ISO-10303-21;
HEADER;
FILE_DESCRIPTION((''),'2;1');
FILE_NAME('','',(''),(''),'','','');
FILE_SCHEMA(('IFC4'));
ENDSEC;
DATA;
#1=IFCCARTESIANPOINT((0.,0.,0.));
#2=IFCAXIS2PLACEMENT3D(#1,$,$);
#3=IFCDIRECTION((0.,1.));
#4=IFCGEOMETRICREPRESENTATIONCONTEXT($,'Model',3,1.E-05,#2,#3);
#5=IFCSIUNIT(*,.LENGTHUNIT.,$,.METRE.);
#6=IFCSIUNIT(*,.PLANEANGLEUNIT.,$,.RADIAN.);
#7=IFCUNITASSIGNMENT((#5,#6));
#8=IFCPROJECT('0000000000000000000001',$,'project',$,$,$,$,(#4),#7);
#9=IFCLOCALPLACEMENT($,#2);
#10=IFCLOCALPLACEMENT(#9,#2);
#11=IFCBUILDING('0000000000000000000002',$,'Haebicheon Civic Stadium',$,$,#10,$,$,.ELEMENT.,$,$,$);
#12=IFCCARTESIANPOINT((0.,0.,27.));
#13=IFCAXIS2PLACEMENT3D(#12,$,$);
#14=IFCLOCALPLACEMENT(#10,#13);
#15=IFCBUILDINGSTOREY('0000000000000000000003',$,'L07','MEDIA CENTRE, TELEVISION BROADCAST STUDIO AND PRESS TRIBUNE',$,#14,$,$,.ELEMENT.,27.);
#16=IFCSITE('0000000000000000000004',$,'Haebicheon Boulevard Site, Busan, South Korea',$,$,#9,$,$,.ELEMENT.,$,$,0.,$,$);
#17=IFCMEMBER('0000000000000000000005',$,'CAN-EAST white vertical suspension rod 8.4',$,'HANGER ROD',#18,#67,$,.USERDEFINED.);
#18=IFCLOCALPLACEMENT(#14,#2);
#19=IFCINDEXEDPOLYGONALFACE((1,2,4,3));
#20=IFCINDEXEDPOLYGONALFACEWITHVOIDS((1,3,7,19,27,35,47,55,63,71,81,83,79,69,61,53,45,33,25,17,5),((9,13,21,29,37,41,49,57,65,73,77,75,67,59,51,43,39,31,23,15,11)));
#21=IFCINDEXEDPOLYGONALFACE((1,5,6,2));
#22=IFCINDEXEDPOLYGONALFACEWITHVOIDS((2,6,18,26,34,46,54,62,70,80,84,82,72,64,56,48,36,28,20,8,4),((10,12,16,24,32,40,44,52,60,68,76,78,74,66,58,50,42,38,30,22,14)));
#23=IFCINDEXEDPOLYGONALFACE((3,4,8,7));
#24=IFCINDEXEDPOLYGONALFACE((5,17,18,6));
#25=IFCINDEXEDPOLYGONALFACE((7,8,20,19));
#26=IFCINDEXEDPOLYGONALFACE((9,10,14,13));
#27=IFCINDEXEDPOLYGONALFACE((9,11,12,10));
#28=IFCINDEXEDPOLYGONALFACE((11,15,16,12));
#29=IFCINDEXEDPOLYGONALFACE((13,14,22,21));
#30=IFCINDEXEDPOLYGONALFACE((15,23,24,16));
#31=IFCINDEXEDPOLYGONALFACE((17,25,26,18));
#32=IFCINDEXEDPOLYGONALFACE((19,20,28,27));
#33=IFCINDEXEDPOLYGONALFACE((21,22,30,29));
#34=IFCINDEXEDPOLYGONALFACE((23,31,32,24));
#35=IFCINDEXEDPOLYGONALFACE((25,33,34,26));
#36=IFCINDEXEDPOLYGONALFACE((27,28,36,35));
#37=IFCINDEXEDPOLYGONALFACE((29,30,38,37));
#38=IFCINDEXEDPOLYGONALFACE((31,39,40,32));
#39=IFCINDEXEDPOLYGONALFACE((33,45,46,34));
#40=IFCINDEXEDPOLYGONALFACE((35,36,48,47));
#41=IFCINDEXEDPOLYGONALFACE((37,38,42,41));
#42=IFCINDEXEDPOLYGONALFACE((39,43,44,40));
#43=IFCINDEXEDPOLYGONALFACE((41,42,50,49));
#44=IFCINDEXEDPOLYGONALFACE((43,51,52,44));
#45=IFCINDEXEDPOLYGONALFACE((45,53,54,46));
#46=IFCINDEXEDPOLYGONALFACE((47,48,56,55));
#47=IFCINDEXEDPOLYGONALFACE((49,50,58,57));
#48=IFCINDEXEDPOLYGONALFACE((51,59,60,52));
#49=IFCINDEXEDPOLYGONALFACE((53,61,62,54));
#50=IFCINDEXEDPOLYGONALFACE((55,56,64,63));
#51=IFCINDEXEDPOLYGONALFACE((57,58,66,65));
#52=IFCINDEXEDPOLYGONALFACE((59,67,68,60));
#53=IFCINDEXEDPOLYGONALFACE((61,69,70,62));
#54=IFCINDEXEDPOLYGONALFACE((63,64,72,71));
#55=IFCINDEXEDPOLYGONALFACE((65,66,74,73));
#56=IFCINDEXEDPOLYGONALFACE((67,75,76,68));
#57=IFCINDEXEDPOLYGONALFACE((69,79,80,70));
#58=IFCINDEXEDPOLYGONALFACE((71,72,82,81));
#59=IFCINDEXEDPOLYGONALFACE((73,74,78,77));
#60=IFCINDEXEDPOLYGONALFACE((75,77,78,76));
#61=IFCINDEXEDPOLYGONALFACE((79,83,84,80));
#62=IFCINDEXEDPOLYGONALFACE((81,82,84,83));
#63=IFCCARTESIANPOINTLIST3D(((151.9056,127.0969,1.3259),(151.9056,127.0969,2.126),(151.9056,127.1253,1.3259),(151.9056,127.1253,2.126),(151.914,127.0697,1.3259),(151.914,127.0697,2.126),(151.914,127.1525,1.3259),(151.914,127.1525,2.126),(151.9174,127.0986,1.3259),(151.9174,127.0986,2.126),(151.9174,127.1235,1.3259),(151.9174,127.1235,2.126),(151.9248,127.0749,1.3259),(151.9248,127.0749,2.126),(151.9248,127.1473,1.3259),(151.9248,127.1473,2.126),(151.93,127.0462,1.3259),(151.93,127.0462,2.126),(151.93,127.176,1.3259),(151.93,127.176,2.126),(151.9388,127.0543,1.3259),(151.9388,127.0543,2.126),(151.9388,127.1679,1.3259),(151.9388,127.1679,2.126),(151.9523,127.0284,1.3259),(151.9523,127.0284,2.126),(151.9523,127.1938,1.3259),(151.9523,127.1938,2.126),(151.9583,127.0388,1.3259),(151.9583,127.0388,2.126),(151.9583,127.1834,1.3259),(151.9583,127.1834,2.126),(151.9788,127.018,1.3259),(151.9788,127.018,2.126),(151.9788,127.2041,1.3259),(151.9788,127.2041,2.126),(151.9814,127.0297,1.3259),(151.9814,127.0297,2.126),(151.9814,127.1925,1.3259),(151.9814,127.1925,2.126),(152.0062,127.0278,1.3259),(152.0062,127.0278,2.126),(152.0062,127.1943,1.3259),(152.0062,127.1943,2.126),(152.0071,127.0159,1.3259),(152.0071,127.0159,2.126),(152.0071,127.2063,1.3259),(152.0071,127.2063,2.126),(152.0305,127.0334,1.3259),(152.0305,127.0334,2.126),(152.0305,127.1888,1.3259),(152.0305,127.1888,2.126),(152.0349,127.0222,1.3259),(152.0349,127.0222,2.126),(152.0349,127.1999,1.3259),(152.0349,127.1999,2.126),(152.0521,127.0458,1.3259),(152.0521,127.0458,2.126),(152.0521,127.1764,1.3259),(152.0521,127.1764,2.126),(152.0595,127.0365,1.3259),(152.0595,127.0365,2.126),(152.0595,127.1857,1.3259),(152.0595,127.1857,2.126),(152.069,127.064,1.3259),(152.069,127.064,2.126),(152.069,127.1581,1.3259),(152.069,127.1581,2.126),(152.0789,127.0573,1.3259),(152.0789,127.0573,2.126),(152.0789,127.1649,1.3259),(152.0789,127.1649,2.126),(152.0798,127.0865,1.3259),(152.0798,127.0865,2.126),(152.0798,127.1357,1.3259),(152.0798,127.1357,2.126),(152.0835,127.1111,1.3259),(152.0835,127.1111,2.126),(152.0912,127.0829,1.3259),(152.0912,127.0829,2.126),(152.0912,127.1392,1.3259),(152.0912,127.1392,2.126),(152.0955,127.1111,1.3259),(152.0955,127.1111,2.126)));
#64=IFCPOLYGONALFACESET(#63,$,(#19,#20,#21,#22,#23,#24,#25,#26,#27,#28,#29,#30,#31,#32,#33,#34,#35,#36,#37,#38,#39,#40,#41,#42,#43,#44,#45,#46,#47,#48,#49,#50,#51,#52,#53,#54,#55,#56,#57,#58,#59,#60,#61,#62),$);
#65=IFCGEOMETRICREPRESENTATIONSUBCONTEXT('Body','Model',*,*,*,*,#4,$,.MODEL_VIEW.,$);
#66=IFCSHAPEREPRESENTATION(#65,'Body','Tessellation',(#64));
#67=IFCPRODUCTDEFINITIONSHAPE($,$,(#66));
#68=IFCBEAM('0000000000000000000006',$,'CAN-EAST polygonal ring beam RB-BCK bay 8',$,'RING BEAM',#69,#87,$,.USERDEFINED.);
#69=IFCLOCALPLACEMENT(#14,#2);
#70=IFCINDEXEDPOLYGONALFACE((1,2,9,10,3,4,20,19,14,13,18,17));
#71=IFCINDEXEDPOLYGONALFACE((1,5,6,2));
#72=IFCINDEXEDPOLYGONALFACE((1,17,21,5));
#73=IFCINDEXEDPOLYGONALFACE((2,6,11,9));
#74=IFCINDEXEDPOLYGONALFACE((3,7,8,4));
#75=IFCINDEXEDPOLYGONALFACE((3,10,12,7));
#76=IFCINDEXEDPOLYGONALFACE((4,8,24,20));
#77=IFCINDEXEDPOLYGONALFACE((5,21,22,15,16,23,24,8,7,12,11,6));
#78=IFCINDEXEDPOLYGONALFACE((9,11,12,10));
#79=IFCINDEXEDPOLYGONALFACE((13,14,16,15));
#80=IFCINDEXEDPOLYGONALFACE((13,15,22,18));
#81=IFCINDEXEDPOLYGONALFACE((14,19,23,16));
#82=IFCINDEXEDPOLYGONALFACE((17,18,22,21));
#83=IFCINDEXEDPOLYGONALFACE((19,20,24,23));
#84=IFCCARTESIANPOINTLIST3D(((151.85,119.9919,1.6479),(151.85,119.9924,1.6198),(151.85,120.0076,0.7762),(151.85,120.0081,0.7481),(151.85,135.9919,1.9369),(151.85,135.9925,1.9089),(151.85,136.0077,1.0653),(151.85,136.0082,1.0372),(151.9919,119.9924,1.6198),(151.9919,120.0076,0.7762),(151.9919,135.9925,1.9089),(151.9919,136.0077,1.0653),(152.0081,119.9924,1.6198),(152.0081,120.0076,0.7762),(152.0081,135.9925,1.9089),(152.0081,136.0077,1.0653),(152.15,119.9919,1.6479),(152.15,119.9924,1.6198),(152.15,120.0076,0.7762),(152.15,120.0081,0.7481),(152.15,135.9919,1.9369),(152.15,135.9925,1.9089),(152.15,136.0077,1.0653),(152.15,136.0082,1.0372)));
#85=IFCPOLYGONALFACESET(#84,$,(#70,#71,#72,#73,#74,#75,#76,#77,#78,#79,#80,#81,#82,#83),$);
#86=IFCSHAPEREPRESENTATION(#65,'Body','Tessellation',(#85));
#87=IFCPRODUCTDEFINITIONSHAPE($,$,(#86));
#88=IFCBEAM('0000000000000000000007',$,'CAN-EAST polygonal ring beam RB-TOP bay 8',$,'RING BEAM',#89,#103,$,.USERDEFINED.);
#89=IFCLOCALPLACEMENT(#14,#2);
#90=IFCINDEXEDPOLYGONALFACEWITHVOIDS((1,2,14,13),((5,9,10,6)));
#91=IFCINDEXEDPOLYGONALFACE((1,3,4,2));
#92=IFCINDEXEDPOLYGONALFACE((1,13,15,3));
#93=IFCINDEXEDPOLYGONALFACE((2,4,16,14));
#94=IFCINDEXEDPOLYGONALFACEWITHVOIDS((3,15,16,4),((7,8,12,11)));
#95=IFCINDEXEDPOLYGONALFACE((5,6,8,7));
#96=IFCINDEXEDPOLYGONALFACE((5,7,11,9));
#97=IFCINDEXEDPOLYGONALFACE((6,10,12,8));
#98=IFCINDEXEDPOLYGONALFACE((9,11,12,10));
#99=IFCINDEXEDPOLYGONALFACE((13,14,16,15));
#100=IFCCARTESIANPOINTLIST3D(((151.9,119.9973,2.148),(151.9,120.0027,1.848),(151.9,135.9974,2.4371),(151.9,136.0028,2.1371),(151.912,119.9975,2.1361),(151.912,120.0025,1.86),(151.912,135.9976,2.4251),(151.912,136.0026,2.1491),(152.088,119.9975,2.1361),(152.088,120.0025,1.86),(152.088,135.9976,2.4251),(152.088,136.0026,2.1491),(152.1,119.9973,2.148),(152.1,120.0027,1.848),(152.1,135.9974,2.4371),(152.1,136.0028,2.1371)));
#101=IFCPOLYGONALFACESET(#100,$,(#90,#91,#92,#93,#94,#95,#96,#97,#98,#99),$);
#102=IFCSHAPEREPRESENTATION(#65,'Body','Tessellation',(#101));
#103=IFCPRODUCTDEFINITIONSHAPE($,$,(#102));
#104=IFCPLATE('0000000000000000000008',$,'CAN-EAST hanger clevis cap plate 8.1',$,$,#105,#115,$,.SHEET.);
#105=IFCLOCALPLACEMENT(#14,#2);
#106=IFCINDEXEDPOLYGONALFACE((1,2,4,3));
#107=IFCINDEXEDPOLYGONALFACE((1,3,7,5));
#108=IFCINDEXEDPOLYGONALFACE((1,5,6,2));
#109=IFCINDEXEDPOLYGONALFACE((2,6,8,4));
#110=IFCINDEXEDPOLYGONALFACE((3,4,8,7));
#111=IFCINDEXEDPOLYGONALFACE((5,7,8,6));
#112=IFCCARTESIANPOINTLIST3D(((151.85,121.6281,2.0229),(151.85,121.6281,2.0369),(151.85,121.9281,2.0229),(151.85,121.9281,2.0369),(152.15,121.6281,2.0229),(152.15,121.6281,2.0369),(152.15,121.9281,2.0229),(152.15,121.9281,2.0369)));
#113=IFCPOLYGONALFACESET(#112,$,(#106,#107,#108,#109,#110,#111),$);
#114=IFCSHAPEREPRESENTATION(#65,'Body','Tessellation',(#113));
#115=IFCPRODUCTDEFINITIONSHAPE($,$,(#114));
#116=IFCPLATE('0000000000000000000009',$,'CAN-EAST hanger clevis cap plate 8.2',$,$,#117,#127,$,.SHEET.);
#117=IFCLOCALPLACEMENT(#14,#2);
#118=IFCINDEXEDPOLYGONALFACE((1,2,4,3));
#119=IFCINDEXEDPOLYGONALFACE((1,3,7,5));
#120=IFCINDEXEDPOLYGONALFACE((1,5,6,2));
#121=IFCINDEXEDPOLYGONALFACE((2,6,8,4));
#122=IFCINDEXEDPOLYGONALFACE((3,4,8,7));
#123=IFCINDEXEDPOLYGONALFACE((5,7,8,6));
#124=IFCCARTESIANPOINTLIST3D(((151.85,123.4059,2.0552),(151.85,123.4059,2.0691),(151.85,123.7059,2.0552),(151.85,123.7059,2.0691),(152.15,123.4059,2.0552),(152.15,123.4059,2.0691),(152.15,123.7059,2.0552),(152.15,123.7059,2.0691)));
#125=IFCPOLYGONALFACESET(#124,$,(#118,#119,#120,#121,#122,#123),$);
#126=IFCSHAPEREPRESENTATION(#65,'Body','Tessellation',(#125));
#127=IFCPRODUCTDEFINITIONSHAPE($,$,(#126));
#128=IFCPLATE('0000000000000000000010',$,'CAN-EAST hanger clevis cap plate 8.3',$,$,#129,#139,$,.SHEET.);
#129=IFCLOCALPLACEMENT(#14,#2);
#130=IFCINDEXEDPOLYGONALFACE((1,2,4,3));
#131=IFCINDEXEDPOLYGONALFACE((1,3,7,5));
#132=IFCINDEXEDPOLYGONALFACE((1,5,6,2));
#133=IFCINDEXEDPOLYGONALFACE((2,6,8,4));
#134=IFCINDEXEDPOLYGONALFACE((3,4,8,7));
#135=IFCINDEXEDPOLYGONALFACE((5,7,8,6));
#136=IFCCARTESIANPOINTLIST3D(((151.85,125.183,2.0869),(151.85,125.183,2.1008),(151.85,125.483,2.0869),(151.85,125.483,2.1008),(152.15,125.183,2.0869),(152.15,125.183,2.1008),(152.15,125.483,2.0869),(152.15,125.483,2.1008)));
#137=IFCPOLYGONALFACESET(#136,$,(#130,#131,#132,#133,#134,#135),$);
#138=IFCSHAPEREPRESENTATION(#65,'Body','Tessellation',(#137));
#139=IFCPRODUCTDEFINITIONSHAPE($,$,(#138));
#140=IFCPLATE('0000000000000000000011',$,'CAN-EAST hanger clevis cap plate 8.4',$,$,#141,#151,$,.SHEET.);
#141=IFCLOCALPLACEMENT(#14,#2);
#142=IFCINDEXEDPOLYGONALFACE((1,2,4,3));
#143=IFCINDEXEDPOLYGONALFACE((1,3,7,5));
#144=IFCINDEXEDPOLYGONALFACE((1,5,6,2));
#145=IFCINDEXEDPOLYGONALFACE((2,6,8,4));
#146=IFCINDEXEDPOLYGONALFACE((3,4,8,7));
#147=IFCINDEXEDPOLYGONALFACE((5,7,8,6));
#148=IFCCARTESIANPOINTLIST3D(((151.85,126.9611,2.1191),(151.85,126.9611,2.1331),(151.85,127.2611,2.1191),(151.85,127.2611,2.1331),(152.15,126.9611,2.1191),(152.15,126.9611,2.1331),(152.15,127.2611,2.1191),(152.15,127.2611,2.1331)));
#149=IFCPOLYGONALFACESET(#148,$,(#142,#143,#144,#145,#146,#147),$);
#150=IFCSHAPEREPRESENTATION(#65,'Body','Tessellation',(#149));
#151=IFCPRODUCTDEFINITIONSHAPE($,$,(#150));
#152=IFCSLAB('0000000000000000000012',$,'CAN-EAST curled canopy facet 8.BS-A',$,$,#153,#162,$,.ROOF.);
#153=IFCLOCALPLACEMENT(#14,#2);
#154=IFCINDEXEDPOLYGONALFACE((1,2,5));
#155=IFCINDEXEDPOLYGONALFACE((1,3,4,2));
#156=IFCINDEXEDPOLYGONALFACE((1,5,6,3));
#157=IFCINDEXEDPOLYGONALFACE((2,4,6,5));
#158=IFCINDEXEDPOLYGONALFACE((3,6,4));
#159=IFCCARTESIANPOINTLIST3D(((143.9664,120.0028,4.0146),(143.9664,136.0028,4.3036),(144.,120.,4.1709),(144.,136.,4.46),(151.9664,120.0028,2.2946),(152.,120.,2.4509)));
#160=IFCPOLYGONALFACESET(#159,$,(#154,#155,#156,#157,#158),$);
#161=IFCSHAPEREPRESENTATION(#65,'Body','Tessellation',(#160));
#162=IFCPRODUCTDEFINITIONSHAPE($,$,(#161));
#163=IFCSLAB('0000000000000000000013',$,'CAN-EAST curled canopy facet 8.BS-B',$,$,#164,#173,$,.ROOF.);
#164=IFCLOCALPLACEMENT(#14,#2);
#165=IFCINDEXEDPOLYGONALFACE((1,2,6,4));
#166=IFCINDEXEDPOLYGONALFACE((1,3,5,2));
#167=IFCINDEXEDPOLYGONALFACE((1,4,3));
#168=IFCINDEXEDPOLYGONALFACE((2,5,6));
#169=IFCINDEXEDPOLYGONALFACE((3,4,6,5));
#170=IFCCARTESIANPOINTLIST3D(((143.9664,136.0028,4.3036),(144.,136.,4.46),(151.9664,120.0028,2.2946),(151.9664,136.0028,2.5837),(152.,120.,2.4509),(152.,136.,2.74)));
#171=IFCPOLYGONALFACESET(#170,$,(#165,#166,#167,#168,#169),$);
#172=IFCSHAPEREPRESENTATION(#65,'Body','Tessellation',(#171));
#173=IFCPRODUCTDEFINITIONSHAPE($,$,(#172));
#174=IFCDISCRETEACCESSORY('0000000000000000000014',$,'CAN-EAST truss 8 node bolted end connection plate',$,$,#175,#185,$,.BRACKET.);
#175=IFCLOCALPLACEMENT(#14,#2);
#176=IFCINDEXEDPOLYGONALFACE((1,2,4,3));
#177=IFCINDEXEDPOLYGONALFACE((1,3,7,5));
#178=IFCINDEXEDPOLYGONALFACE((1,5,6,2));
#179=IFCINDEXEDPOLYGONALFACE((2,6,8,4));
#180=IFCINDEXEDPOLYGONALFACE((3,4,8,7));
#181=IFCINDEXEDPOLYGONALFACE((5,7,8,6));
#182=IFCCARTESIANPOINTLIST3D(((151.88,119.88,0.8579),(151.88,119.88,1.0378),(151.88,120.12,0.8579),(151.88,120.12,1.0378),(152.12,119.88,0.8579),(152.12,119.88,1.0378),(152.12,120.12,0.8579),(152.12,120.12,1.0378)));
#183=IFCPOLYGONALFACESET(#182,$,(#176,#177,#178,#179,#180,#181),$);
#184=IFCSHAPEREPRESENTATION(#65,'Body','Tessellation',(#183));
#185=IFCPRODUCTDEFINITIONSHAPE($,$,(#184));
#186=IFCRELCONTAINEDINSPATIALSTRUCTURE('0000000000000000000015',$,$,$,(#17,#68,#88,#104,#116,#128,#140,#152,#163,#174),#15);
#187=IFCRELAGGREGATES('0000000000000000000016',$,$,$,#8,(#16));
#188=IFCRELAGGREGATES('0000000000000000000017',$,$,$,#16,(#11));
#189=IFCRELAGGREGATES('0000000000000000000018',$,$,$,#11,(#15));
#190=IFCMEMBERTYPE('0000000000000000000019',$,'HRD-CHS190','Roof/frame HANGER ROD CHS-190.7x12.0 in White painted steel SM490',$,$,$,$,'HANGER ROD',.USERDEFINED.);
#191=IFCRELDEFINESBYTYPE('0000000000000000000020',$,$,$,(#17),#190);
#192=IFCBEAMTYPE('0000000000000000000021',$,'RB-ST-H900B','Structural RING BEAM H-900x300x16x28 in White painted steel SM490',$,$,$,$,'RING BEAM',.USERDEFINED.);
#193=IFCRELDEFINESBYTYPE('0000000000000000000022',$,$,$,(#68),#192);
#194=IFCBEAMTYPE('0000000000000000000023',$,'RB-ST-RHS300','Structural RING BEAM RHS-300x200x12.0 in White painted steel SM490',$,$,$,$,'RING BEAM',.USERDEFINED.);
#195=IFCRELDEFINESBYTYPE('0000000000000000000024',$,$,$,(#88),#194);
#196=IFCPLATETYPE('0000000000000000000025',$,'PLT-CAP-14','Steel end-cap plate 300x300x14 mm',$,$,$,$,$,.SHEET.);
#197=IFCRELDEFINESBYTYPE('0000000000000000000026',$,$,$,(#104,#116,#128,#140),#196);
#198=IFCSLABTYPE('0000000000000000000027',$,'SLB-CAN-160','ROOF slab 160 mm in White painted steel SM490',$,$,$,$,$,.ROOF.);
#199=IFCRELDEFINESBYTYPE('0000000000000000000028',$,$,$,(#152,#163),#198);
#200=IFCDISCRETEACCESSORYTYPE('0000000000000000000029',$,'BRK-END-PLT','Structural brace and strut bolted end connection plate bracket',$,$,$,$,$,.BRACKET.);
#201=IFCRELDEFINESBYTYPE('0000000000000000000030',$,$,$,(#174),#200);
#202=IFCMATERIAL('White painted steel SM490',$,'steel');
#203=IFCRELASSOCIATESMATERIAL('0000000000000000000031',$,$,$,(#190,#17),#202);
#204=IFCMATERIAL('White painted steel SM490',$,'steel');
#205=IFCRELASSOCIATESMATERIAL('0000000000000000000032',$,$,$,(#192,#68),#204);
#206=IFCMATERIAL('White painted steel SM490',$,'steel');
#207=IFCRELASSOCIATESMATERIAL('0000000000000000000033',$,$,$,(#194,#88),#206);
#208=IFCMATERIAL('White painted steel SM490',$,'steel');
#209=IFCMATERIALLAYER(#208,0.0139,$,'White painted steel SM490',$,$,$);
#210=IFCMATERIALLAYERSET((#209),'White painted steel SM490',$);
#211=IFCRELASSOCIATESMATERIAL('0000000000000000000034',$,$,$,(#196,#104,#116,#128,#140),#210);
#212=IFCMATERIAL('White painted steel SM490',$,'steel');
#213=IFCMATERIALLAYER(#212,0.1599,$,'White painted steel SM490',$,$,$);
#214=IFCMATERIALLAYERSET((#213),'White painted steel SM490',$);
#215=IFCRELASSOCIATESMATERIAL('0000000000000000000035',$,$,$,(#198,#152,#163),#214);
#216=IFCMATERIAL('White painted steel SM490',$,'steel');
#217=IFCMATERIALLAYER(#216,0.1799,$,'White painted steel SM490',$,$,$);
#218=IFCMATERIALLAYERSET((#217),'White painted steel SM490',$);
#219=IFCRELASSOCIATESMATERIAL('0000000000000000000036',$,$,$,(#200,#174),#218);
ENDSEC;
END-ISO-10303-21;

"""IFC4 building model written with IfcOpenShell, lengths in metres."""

from ifc_helpers import new_model, si_unit, direction, frame, origin, origin_2d, place, context, subcontext, project, spatial, polyline, rectangle, hollow_rectangle, hollow_circle, i_section, outline, extrude, material, layer, layer_set, material_profile, profile_set, type_object, element, save


model = new_model("IFC4")

# Units and contexts
model_context = context("Model", 3, precision=1e-05, world=origin(), true_north=direction((0.0, 1.0)))
body_context = subcontext(model_context, "Body", "Model", "MODEL_VIEW")
ifc_project = project(units=[si_unit("LENGTHUNIT", "METRE"), si_unit("PLANEANGLEUNIT", "RADIAN")], contexts=[model_context])

# Site, building, storey
site_placement = place(None, origin())
site = spatial("IfcSite", under=ifc_project, at=site_placement, Name="Haebicheon Boulevard Site, Busan, South Korea", CompositionType="ELEMENT", RefElevation=0.0)
building_placement = place(site_placement, origin())
building = spatial("IfcBuilding", under=site, at=building_placement, Name="Haebicheon Civic Stadium", CompositionType="ELEMENT")
storey_placement = place(building_placement, frame((0.0, 0.0, 27.0)))
storey = spatial("IfcBuildingStorey", under=building, at=storey_placement, Name="L07", Description="MEDIA CENTRE, TELEVISION BROADCAST STUDIO AND PRESS TRIBUNE", CompositionType="ELEMENT", Elevation=27.0)

# Member
ifc_material_1 = material(Name="White painted steel SM490", Category="steel")
ifc_material_profile_1 = material_profile(ifc_material_1, hollow_circle(Radius=0.0955, WallThickness=0.012, at=origin_2d()), Name="CHS-190.7x12.0")
ifc_profile_set_1 = profile_set([ifc_material_profile_1], Name="White painted steel SM490")
member_type_1 = type_object("IfcMemberType", Name="HRD-CHS190", Description="Roof/frame HANGER ROD CHS-190.7x12.0 in White painted steel SM490", ElementType="HANGER ROD", PredefinedType="USERDEFINED", material=ifc_profile_set_1)
for number, where, z_axis, x_axis, name in (
    (1, (152.0, 127.1111, 1.3259), (0.0, 0.0, 1.0), (1.0, 0.0, 0.0), "CAN-EAST white vertical suspension rod 8.4"),
):
    element("IfcMember", number, at=place(storey_placement, frame(where, z_axis=z_axis, x_axis=x_axis)), inside=storey, type_object=member_type_1, material=ifc_profile_set_1, Name=name, ObjectType="HANGER ROD", PredefinedType="USERDEFINED", context=body_context, shape_type="SweptSolid", body=[
        extrude(hollow_circle(Radius=0.0955, WallThickness=0.012, at=origin_2d()), origin(), (0.0, 0.0, 1.0), 0.8),
    ])

# Beams
ifc_material_2 = material(Name="White painted steel SM490", Category="steel")
ifc_material_profile_2 = material_profile(ifc_material_2, i_section(OverallWidth=0.3, OverallDepth=0.8999, WebThickness=0.0161, FlangeThickness=0.0281, at=origin_2d()), Name="H-900x300x16x28")
ifc_profile_set_2 = profile_set([ifc_material_profile_2], Name="White painted steel SM490")
beam_type_1 = type_object("IfcBeamType", Name="RB-ST-H900B", Description="Structural RING BEAM H-900x300x16x28 in White painted steel SM490", ElementType="RING BEAM", PredefinedType="USERDEFINED", material=ifc_profile_set_2)
beam_1_placement = place(storey_placement, frame((152.0, 120.0, 1.198), z_axis=(0.0, 0.999837, 0.018063), x_axis=(-1.0, 0.0, 0.0)))
element("IfcBeam", 2, at=beam_1_placement, inside=storey, type_object=beam_type_1, material=ifc_profile_set_2, Name="CAN-EAST polygonal ring beam RB-BCK bay 8", ObjectType="RING BEAM", PredefinedType="USERDEFINED", context=body_context, shape_type="SweptSolid", body=[
    extrude(i_section(OverallWidth=0.3, OverallDepth=0.8999, WebThickness=0.0161, FlangeThickness=0.0281, at=origin_2d()), origin(), (0.0, 0.0, 1.0), 16.0027),
])
ifc_material_3 = material(Name="White painted steel SM490", Category="steel")
ifc_material_profile_3 = material_profile(ifc_material_3, hollow_rectangle(XDim=0.2, YDim=0.3, WallThickness=0.012, at=origin_2d()), Name="RHS-300x200x12.0")
ifc_profile_set_3 = profile_set([ifc_material_profile_3], Name="White painted steel SM490")
beam_type_2 = type_object("IfcBeamType", Name="RB-ST-RHS300", Description="Structural RING BEAM RHS-300x200x12.0 in White painted steel SM490", ElementType="RING BEAM", PredefinedType="USERDEFINED", material=ifc_profile_set_3)
beam_2_placement = place(storey_placement, frame((152.0, 120.0, 1.998), z_axis=(0.0, 0.999837, 0.018063), x_axis=(-1.0, 0.0, 0.0)))
element("IfcBeam", 3, at=beam_2_placement, inside=storey, type_object=beam_type_2, material=ifc_profile_set_3, Name="CAN-EAST polygonal ring beam RB-TOP bay 8", ObjectType="RING BEAM", PredefinedType="USERDEFINED", context=body_context, shape_type="SweptSolid", body=[
    extrude(hollow_rectangle(XDim=0.2, YDim=0.3, WallThickness=0.012, at=origin_2d()), origin(), (0.0, 0.0, 1.0), 16.0027),
])

# Plates
ifc_material_4 = material(Name="White painted steel SM490", Category="steel")
ifc_layer_1 = layer(ifc_material_4, 0.0139, Name="White painted steel SM490")
ifc_layer_set_1 = layer_set([ifc_layer_1], Name="White painted steel SM490")
plate_type = type_object("IfcPlateType", Name="PLT-CAP-14", Description="Steel end-cap plate 300x300x14 mm", PredefinedType="SHEET", material=ifc_layer_set_1)
for number, where, z_axis, x_axis, name in (
    (4, (152.0, 121.7781, 2.0229), (0.0, 0.0, 1.0), (1.0, 0.0, 0.0), "CAN-EAST hanger clevis cap plate 8.1"),
    (5, (152.0, 123.5559, 2.0552), (0.0, 0.0, 1.0), (1.0, 0.0, 0.0), "CAN-EAST hanger clevis cap plate 8.2"),
    (6, (152.0, 125.333, 2.0869), (0.0, 0.0, 1.0), (1.0, 0.0, 0.0), "CAN-EAST hanger clevis cap plate 8.3"),
    (7, (152.0, 127.1111, 2.1191), (0.0, 0.0, 1.0), (1.0, 0.0, 0.0), "CAN-EAST hanger clevis cap plate 8.4"),
):
    element("IfcPlate", number, at=place(storey_placement, frame(where, z_axis=z_axis, x_axis=x_axis)), inside=storey, type_object=plate_type, material=ifc_layer_set_1, Name=name, PredefinedType="SHEET", context=body_context, shape_type="SweptSolid", body=[
        extrude(rectangle(XDim=0.3, YDim=0.3, at=origin_2d()), origin(), (0.0, 0.0, 1.0), 0.0139),
    ])

# Slabs
ifc_material_5 = material(Name="White painted steel SM490", Category="steel")
ifc_layer_2 = layer(ifc_material_5, 0.1599, Name="White painted steel SM490")
ifc_layer_set_2 = layer_set([ifc_layer_2], Name="White painted steel SM490")
slab_type = type_object("IfcSlabType", Name="SLB-CAN-160", Description="ROOF slab 160 mm in White painted steel SM490", PredefinedType="ROOF", material=ifc_layer_set_2)
slab_1_placement = place(storey_placement, frame((152.0, 120.0, 2.4509), z_axis=(0.210161, -0.01766, 0.977507), x_axis=(-0.97766, 0.0, 0.210193)))
element("IfcSlab", 8, at=slab_1_placement, inside=storey, type_object=slab_type, material=ifc_layer_set_2, Name="CAN-EAST curled canopy facet 8.BS-A", PredefinedType="ROOF", context=body_context, shape_type="SweptSolid", body=[
    extrude(outline(polyline([(0.0, 0.0), (8.1828, 0.0), (8.2436, -16.0025), (0.0, 0.0)])), origin(), (0.0, 0.0, -1.0), 0.1599),
])
slab_2_placement = place(storey_placement, frame((152.0, 120.0, 2.4509), z_axis=(0.210161, -0.01766, 0.977507), x_axis=(-0.44442, 0.888839, 0.111607)))
element("IfcSlab", 9, at=slab_2_placement, inside=storey, type_object=slab_type, material=ifc_layer_set_2, Name="CAN-EAST curled canopy facet 8.BS-B", PredefinedType="ROOF", context=body_context, shape_type="SweptSolid", body=[
    extrude(outline(polyline([(0.0, 0.0), (18.001, 0.0), (14.2537, -7.2743), (0.0, 0.0)])), origin(), (0.0, 0.0, -1.0), 0.1599),
])

# Discrete accessory
ifc_material_6 = material(Name="White painted steel SM490", Category="steel")
ifc_layer_3 = layer(ifc_material_6, 0.1799, Name="White painted steel SM490")
ifc_layer_set_3 = layer_set([ifc_layer_3], Name="White painted steel SM490")
discrete_accessory_type = type_object("IfcDiscreteAccessoryType", Name="BRK-END-PLT", Description="Structural brace and strut bolted end connection plate bracket", PredefinedType="BRACKET", material=ifc_layer_set_3)
for number, where, z_axis, x_axis, name in (
    (10, (152.0, 120.0, 0.8579), (0.0, 0.0, 1.0), (1.0, 0.0, 0.0), "CAN-EAST truss 8 node bolted end connection plate"),
):
    element("IfcDiscreteAccessory", number, at=place(storey_placement, frame(where, z_axis=z_axis, x_axis=x_axis)), inside=storey, type_object=discrete_accessory_type, material=ifc_layer_set_3, Name=name, PredefinedType="BRACKET", context=body_context, shape_type="SweptSolid", body=[
        extrude(rectangle(XDim=0.24, YDim=0.24, at=origin_2d()), origin(), (0.0, 0.0, 1.0), 0.1799),
    ])

save(model, "model.ifc")
